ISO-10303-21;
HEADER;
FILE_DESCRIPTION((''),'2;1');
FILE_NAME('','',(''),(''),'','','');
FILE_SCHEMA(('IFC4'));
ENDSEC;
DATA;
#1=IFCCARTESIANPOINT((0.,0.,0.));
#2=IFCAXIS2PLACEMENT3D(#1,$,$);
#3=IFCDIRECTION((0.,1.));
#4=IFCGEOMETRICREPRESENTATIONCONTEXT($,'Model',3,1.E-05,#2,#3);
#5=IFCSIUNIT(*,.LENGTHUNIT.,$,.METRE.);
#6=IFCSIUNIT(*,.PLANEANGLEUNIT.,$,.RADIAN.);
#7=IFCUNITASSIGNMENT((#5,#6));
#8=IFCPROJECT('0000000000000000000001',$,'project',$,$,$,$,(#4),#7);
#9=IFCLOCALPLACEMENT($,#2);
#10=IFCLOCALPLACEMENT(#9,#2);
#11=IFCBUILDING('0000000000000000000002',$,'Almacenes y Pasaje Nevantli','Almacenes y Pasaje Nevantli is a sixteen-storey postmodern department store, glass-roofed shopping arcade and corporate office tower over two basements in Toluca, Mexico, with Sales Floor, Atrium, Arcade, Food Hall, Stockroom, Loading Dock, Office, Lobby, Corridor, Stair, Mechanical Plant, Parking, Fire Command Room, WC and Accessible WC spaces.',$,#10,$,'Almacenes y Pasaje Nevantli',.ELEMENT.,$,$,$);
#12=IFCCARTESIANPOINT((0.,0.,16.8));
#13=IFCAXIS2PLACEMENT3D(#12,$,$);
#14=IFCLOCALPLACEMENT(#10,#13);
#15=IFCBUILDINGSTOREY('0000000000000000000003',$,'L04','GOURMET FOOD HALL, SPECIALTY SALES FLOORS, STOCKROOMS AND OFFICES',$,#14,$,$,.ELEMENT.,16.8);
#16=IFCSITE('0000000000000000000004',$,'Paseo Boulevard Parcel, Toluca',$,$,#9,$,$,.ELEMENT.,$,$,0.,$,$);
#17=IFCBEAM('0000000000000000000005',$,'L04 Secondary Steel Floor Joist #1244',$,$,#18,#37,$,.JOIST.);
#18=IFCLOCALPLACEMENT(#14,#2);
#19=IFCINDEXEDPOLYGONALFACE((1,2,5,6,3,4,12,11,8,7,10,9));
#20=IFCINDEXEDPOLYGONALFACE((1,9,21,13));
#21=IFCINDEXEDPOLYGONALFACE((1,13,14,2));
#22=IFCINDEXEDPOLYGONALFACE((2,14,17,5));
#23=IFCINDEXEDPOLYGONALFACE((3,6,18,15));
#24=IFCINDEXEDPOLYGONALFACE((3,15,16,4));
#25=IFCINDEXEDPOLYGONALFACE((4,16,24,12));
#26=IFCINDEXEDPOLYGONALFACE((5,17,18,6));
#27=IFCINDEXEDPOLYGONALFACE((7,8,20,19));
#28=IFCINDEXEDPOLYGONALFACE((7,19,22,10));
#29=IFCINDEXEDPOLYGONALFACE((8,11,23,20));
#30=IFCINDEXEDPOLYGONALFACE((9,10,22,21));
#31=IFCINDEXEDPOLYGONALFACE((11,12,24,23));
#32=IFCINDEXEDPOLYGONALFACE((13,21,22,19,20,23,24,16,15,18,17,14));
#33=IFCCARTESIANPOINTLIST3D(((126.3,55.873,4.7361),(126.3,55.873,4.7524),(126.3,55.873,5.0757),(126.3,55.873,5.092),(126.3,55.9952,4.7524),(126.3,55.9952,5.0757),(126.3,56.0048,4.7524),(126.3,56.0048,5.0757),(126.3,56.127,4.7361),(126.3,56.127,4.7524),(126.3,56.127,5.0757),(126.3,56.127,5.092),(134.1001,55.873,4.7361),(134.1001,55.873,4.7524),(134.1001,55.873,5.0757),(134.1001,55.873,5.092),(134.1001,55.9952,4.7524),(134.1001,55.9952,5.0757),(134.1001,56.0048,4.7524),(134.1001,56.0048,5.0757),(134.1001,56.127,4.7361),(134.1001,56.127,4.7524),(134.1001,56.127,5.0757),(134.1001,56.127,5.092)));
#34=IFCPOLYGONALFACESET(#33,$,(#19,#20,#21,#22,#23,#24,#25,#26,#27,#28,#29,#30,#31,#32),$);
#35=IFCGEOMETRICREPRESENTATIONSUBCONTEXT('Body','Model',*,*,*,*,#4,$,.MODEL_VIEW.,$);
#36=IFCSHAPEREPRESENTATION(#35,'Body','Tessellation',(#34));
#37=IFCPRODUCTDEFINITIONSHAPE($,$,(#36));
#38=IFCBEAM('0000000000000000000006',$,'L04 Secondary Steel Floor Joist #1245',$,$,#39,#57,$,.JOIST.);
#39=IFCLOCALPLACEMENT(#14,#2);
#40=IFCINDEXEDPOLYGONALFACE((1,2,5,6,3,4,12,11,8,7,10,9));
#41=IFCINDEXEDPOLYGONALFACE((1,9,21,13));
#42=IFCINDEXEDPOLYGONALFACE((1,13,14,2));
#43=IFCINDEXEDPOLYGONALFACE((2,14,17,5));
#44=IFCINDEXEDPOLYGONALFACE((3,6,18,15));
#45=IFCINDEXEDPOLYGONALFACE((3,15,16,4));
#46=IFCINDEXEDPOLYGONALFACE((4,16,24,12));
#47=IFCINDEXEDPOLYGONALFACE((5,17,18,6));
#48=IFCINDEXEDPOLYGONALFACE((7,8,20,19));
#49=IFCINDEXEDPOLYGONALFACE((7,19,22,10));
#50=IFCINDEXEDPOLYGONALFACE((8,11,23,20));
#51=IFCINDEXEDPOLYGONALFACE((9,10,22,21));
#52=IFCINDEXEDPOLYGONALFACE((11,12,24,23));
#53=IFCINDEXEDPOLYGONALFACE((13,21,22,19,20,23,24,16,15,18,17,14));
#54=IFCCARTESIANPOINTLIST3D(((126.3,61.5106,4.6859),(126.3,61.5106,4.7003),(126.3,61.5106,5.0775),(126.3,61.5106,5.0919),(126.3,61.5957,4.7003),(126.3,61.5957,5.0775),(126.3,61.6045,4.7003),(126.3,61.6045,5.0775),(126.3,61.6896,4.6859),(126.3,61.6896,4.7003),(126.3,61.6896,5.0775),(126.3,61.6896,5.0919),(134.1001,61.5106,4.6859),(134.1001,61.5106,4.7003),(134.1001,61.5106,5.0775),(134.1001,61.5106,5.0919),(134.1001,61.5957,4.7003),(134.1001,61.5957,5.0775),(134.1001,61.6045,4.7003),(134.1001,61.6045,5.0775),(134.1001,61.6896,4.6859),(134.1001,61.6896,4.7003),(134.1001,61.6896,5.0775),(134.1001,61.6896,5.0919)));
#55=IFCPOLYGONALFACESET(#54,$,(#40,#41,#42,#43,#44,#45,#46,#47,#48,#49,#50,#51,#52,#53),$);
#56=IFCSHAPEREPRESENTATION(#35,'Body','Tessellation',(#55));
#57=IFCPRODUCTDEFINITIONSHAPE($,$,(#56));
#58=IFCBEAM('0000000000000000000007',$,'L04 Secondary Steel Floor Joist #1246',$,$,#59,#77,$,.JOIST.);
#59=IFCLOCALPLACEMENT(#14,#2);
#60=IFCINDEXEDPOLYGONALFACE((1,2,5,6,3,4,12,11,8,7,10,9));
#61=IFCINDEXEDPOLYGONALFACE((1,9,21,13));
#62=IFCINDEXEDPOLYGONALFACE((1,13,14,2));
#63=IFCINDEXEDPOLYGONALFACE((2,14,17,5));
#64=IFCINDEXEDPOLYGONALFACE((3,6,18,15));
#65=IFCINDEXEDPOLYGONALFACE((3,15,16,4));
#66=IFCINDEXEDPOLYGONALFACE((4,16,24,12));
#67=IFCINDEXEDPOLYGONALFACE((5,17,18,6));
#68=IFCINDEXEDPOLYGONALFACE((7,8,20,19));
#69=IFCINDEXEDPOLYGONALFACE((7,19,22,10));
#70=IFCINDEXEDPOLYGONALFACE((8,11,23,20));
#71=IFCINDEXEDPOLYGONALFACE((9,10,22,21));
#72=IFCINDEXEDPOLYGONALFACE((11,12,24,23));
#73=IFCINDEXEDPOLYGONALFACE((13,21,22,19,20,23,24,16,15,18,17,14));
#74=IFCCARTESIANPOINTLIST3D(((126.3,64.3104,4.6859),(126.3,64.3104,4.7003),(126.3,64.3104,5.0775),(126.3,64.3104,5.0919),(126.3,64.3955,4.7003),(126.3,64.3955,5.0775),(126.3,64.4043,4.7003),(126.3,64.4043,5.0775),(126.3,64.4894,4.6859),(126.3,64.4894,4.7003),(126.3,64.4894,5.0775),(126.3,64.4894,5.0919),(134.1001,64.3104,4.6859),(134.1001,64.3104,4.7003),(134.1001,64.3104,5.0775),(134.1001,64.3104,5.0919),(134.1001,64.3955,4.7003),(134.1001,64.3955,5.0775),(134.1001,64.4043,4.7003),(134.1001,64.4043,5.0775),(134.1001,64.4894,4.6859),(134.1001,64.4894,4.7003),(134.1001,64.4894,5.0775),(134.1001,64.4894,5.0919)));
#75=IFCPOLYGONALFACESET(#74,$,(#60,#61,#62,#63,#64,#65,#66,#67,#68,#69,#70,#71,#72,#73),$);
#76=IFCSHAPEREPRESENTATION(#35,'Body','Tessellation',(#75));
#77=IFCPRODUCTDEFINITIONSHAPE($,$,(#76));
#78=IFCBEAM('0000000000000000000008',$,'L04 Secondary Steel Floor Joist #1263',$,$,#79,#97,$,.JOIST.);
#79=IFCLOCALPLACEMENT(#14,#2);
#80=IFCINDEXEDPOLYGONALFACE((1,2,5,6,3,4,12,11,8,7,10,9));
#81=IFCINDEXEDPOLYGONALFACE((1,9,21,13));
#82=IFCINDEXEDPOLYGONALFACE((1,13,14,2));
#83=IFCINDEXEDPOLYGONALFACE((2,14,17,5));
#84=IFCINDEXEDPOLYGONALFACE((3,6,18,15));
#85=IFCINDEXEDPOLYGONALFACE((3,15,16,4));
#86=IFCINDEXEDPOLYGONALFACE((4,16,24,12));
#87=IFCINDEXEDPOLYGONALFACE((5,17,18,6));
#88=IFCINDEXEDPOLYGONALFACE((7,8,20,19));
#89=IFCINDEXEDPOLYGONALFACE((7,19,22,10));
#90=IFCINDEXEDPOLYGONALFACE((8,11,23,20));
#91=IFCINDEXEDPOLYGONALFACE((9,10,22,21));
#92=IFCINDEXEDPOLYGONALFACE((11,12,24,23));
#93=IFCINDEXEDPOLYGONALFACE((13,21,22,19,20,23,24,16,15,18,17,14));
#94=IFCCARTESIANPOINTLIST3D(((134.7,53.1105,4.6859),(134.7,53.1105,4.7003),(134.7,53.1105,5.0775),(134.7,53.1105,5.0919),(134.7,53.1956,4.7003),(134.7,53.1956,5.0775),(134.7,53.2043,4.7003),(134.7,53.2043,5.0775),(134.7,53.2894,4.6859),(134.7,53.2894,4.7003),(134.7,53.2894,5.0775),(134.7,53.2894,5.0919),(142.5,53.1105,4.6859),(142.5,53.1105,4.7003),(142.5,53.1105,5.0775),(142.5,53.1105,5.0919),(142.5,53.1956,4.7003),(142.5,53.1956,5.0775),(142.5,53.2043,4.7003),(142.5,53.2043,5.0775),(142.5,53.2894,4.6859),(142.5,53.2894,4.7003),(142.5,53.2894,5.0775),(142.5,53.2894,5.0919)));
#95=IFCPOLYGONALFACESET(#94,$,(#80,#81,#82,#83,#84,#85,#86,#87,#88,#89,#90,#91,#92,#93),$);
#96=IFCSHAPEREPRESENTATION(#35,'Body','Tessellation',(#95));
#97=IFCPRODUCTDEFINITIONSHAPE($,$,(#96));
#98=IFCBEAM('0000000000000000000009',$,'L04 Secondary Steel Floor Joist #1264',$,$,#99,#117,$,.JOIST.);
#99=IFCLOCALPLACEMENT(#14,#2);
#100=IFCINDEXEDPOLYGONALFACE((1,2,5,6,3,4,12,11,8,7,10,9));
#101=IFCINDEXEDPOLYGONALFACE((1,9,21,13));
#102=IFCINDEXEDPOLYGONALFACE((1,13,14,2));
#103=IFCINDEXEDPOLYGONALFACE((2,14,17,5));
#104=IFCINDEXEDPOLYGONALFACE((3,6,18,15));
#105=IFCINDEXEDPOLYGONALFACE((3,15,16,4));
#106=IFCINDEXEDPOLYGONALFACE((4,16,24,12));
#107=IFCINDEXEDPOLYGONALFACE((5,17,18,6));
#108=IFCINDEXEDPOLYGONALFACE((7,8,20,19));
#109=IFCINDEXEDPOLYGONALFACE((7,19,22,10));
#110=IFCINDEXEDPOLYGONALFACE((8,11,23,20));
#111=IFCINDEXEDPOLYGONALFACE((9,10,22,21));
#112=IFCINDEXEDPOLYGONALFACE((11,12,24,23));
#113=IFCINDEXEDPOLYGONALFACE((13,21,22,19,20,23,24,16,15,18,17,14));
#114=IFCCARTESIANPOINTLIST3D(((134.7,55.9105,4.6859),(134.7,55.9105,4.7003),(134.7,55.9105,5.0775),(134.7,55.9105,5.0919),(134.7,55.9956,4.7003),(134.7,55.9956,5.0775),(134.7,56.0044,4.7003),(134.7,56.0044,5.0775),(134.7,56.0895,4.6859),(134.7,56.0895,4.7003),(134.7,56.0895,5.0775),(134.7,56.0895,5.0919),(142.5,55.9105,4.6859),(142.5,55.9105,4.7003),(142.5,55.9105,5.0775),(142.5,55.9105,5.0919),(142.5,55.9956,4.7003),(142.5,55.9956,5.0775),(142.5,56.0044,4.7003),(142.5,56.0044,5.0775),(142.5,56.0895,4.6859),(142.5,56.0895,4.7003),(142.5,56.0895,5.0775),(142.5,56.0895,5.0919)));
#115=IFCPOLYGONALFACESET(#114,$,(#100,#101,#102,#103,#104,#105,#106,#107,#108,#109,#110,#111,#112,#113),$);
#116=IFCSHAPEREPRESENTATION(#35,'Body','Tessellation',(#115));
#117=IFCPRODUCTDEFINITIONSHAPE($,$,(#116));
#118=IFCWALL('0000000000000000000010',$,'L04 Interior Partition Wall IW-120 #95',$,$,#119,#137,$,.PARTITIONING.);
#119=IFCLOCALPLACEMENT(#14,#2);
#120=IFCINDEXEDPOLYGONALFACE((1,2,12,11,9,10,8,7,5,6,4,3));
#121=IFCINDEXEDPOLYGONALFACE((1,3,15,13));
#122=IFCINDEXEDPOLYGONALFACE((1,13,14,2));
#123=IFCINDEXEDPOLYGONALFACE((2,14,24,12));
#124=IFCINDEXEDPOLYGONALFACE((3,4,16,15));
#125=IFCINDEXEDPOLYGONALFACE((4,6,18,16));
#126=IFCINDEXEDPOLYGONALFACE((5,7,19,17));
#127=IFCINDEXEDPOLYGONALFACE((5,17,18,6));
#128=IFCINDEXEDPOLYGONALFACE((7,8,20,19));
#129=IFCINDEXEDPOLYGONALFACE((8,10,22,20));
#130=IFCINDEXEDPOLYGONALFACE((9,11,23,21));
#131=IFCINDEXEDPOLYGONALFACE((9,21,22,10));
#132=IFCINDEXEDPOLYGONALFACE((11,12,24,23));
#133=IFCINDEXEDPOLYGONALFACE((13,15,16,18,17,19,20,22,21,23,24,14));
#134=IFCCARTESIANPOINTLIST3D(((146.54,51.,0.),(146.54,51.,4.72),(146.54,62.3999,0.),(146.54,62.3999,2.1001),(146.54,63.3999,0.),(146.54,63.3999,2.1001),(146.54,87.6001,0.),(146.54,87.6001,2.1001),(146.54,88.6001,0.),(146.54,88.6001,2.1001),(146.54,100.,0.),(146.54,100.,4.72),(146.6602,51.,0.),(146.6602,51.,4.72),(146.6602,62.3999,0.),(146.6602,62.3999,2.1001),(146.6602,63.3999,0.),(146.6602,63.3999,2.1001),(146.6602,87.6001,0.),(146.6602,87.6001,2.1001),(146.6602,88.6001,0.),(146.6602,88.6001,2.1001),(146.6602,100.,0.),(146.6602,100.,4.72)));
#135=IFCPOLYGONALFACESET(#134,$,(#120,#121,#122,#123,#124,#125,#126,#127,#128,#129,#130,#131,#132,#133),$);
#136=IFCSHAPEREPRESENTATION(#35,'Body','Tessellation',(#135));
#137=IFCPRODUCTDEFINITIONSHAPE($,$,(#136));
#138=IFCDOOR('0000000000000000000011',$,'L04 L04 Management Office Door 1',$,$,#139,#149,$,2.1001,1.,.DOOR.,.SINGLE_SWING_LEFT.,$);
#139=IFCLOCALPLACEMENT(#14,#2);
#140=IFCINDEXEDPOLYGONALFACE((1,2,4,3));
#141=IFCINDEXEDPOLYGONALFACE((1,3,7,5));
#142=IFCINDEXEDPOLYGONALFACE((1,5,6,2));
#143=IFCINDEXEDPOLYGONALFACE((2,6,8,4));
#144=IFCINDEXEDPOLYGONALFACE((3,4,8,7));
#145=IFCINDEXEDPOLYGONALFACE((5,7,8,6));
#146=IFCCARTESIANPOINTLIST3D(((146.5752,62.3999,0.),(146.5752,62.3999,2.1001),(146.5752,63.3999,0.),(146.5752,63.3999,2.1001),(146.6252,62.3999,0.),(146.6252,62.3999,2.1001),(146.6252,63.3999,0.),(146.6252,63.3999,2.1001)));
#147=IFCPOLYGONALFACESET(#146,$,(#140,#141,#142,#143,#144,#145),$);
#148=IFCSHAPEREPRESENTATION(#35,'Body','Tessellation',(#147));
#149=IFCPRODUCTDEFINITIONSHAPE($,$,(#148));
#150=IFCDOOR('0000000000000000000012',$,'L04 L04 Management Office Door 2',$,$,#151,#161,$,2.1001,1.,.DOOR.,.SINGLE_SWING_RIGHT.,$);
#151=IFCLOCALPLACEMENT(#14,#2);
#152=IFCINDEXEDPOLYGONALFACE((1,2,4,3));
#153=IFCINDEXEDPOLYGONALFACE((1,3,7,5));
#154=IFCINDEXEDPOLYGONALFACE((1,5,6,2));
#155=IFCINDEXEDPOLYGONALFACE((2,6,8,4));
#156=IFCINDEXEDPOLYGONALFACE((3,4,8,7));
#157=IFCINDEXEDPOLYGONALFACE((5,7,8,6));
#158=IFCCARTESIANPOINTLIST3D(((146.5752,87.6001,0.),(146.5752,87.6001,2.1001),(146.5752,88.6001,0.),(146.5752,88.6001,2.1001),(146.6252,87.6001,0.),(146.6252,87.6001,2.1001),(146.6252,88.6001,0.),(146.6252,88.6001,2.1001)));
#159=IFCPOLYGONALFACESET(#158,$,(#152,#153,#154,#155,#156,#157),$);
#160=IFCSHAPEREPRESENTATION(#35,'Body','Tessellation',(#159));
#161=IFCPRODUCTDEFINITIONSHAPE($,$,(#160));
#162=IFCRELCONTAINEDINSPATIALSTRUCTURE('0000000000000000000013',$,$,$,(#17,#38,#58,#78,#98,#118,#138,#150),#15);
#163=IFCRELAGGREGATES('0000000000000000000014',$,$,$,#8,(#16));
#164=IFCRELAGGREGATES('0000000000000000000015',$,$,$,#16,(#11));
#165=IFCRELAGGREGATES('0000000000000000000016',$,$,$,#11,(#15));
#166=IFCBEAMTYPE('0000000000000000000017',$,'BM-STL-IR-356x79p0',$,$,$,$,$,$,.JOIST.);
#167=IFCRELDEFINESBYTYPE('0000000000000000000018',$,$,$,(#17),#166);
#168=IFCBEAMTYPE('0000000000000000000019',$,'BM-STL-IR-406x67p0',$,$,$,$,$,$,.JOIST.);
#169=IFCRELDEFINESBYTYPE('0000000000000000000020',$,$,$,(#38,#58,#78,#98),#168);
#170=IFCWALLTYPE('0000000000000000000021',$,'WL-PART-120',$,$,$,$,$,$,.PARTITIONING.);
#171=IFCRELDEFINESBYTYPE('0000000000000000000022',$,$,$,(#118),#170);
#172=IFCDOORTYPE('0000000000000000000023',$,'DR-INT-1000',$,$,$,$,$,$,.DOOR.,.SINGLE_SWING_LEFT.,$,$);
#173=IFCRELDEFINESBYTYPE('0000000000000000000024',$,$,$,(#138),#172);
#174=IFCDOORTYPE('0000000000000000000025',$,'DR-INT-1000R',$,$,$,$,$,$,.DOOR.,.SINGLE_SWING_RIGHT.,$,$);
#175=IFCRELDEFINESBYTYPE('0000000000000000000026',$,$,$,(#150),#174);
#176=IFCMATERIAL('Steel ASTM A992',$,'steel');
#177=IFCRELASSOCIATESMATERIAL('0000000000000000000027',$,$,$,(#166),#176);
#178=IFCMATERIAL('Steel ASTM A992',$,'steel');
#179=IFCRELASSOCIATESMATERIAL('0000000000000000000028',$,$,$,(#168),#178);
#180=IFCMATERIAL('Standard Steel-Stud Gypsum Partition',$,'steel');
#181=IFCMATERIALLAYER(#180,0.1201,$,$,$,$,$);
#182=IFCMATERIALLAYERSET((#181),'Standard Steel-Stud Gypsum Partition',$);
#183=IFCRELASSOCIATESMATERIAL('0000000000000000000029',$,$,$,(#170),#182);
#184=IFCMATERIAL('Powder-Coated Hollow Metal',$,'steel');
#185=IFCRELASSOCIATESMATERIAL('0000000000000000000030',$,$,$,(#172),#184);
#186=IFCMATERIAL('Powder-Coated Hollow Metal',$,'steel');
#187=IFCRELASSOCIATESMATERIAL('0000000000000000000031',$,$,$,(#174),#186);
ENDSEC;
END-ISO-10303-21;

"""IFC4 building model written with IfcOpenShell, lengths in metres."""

from ifc_helpers import new_model, si_unit, direction, frame, frame_2d, origin, origin_2d, place, context, subcontext, project, spatial, rectangle, i_section, extrude, material, layer, layer_set, material_profile, profile_set, type_object, element, fill, save


model = new_model("IFC4")

# Units and contexts
model_context = context("Model", 3, precision=1e-05, world=origin(), true_north=direction((0.0, 1.0)))
body_context = subcontext(model_context, "Body", "Model", "MODEL_VIEW")
ifc_project = project(units=[si_unit("LENGTHUNIT", "METRE"), si_unit("PLANEANGLEUNIT", "RADIAN")], contexts=[model_context])

# Site, building, storey
site_placement = place(None, origin())
site = spatial("IfcSite", under=ifc_project, at=site_placement, Name="Paseo Boulevard Parcel, Toluca", CompositionType="ELEMENT", RefElevation=0.0)
building_placement = place(site_placement, origin())
building = spatial("IfcBuilding", under=site, at=building_placement, Name="Almacenes y Pasaje Nevantli", Description="Almacenes y Pasaje Nevantli is a sixteen-storey postmodern department store, glass-roofed shopping arcade and corporate office tower over two basements in Toluca, Mexico, with Sales Floor, Atrium, Arcade, Food Hall, Stockroom, Loading Dock, Office, Lobby, Corridor, Stair, Mechanical Plant, Parking, Fire Command Room, WC and Accessible WC spaces.", LongName="Almacenes y Pasaje Nevantli", CompositionType="ELEMENT")
storey_placement = place(building_placement, frame((0.0, 0.0, 16.8)))
storey = spatial("IfcBuildingStorey", under=building, at=storey_placement, Name="L04", Description="GOURMET FOOD HALL, SPECIALTY SALES FLOORS, STOCKROOMS AND OFFICES", CompositionType="ELEMENT", Elevation=16.8)

# Beams
ifc_material_1 = material(Name="Steel ASTM A992", Category="steel")
ifc_material_profile_1 = material_profile(ifc_material_1, i_section(OverallWidth=0.2539, OverallDepth=0.356, WebThickness=0.0095, FlangeThickness=0.0164, at=origin_2d()), Name="IR 356x79.0")
ifc_profile_set_1 = profile_set([ifc_material_profile_1], Name="Steel ASTM A992")
beam_type_1 = type_object("IfcBeamType", Name="BM-STL-IR-356x79p0", PredefinedType="JOIST", material=ifc_profile_set_1)
for number, where, z_axis, x_axis, name in (
    (1, (126.3, 56.0, 4.9141), (1.0, 0.0, 0.0), (0.0, 1.0, 0.0), "L04 Secondary Steel Floor Joist #1244"),
):
    element("IfcBeam", number, at=place(storey_placement, frame(where, z_axis=z_axis, x_axis=x_axis)), inside=storey, type_object=beam_type_1, Name=name, PredefinedType="JOIST", context=body_context, shape_type="SweptSolid", body=[
        extrude(i_section(OverallWidth=0.2539, OverallDepth=0.356, WebThickness=0.0095, FlangeThickness=0.0164, at=origin_2d()), origin(), (0.0, 0.0, 1.0), 7.8),
    ])
ifc_material_2 = material(Name="Steel ASTM A992", Category="steel")
ifc_material_profile_2 = material_profile(ifc_material_2, i_section(OverallWidth=0.179, OverallDepth=0.406, WebThickness=0.0088, FlangeThickness=0.0144, at=origin_2d()), Name="IR 406x67.0")
ifc_profile_set_2 = profile_set([ifc_material_profile_2], Name="Steel ASTM A992")
beam_type_2 = type_object("IfcBeamType", Name="BM-STL-IR-406x67p0", PredefinedType="JOIST", material=ifc_profile_set_2)
for number, where, z_axis, x_axis, name in (
    (2, (126.3, 61.6001, 4.8889), (1.0, 0.0, 0.0), (0.0, 1.0, 0.0), "L04 Secondary Steel Floor Joist #1245"),
    (3, (126.3, 64.3999, 4.8889), (1.0, 0.0, 0.0), (0.0, 1.0, 0.0), "L04 Secondary Steel Floor Joist #1246"),
    (4, (134.7, 53.2, 4.8889), (1.0, 0.0, 0.0), (0.0, 1.0, 0.0), "L04 Secondary Steel Floor Joist #1263"),
    (5, (134.7, 56.0, 4.8889), (1.0, 0.0, 0.0), (0.0, 1.0, 0.0), "L04 Secondary Steel Floor Joist #1264"),
):
    element("IfcBeam", number, at=place(storey_placement, frame(where, z_axis=z_axis, x_axis=x_axis)), inside=storey, type_object=beam_type_2, Name=name, PredefinedType="JOIST", context=body_context, shape_type="SweptSolid", body=[
        extrude(i_section(OverallWidth=0.179, OverallDepth=0.406, WebThickness=0.0088, FlangeThickness=0.0144, at=origin_2d()), origin(), (0.0, 0.0, 1.0), 7.8),
    ])

# Wall, openings, doors
ifc_material_3 = material(Name="Standard Steel-Stud Gypsum Partition", Category="steel")
ifc_layer = layer(ifc_material_3, 0.1201)
ifc_layer_set = layer_set([ifc_layer], Name="Standard Steel-Stud Gypsum Partition")
wall_type = type_object("IfcWallType", Name="WL-PART-120", PredefinedType="PARTITIONING", material=ifc_layer_set)
wall_placement = place(storey_placement, frame((146.6001, 51.0, 0.0), z_axis=(0.0, 0.0, 1.0), x_axis=(0.0, 1.0, 0.0)))
wall = element("IfcWall", 6, at=wall_placement, inside=storey, type_object=wall_type, Name="L04 Interior Partition Wall IW-120 #95", PredefinedType="PARTITIONING", context=body_context, shape_type="SweptSolid", body=[
    extrude(rectangle(XDim=49.0, YDim=0.1201, at=frame_2d((24.5, 0.0))), origin(), (0.0, 0.0, 1.0), 4.72),
])
opening_1_placement = place(wall_placement, frame((11.3999, 0.0, 0.0)))
opening_1 = element("IfcOpeningElement", 7, at=opening_1_placement, cuts=wall, PredefinedType="OPENING", context=body_context, shape_type="SweptSolid", body=[
    extrude(rectangle(XDim=1.0, YDim=2.1001, at=frame_2d((0.5, 1.05))), frame((0.0, 0.0701, 0.0), z_axis=(0.0, -1.0, 0.0), x_axis=(1.0, 0.0, 0.0)), (0.0, 0.0, 1.0), 0.1401),
])
opening_2_placement = place(wall_placement, frame((36.6001, 0.0, 0.0)))
opening_2 = element("IfcOpeningElement", 8, at=opening_2_placement, cuts=wall, PredefinedType="OPENING", context=body_context, shape_type="SweptSolid", body=[
    extrude(rectangle(XDim=1.0, YDim=2.1001, at=frame_2d((0.5, 1.05))), frame((0.0, 0.0701, 0.0), z_axis=(0.0, -1.0, 0.0), x_axis=(1.0, 0.0, 0.0)), (0.0, 0.0, 1.0), 0.1401),
])
ifc_material_4 = material(Name="Powder-Coated Hollow Metal", Category="steel")
door_type_1 = type_object("IfcDoorType", Name="DR-INT-1000", OperationType="SINGLE_SWING_LEFT", PredefinedType="DOOR", material=ifc_material_4)
door_1_placement = place(opening_1_placement, origin())
door_1 = element("IfcDoor", 9, at=door_1_placement, inside=storey, type_object=door_type_1, Name="L04 L04 Management Office Door 1", OperationType="SINGLE_SWING_LEFT", OverallHeight=2.1001, OverallWidth=1.0, PredefinedType="DOOR", context=body_context, shape_type="SweptSolid", body=[
    extrude(rectangle(XDim=1.0, YDim=2.1001, at=frame_2d((0.5, 1.05))), frame((0.0, 0.0249, 0.0), z_axis=(0.0, -1.0, 0.0), x_axis=(1.0, 0.0, 0.0)), (0.0, 0.0, 1.0), 0.05),
])
fill(opening_1, door_1)
ifc_material_5 = material(Name="Powder-Coated Hollow Metal", Category="steel")
door_type_2 = type_object("IfcDoorType", Name="DR-INT-1000R", OperationType="SINGLE_SWING_RIGHT", PredefinedType="DOOR", material=ifc_material_5)
door_2_placement = place(opening_2_placement, origin())
door_2 = element("IfcDoor", 10, at=door_2_placement, inside=storey, type_object=door_type_2, Name="L04 L04 Management Office Door 2", OperationType="SINGLE_SWING_RIGHT", OverallHeight=2.1001, OverallWidth=1.0, PredefinedType="DOOR", context=body_context, shape_type="SweptSolid", body=[
    extrude(rectangle(XDim=1.0, YDim=2.1001, at=frame_2d((0.5, 1.05))), frame((0.0, 0.0249, 0.0), z_axis=(0.0, -1.0, 0.0), x_axis=(1.0, 0.0, 0.0)), (0.0, 0.0, 1.0), 0.05),
])
fill(opening_2, door_2)

save(model, "model.ifc")
